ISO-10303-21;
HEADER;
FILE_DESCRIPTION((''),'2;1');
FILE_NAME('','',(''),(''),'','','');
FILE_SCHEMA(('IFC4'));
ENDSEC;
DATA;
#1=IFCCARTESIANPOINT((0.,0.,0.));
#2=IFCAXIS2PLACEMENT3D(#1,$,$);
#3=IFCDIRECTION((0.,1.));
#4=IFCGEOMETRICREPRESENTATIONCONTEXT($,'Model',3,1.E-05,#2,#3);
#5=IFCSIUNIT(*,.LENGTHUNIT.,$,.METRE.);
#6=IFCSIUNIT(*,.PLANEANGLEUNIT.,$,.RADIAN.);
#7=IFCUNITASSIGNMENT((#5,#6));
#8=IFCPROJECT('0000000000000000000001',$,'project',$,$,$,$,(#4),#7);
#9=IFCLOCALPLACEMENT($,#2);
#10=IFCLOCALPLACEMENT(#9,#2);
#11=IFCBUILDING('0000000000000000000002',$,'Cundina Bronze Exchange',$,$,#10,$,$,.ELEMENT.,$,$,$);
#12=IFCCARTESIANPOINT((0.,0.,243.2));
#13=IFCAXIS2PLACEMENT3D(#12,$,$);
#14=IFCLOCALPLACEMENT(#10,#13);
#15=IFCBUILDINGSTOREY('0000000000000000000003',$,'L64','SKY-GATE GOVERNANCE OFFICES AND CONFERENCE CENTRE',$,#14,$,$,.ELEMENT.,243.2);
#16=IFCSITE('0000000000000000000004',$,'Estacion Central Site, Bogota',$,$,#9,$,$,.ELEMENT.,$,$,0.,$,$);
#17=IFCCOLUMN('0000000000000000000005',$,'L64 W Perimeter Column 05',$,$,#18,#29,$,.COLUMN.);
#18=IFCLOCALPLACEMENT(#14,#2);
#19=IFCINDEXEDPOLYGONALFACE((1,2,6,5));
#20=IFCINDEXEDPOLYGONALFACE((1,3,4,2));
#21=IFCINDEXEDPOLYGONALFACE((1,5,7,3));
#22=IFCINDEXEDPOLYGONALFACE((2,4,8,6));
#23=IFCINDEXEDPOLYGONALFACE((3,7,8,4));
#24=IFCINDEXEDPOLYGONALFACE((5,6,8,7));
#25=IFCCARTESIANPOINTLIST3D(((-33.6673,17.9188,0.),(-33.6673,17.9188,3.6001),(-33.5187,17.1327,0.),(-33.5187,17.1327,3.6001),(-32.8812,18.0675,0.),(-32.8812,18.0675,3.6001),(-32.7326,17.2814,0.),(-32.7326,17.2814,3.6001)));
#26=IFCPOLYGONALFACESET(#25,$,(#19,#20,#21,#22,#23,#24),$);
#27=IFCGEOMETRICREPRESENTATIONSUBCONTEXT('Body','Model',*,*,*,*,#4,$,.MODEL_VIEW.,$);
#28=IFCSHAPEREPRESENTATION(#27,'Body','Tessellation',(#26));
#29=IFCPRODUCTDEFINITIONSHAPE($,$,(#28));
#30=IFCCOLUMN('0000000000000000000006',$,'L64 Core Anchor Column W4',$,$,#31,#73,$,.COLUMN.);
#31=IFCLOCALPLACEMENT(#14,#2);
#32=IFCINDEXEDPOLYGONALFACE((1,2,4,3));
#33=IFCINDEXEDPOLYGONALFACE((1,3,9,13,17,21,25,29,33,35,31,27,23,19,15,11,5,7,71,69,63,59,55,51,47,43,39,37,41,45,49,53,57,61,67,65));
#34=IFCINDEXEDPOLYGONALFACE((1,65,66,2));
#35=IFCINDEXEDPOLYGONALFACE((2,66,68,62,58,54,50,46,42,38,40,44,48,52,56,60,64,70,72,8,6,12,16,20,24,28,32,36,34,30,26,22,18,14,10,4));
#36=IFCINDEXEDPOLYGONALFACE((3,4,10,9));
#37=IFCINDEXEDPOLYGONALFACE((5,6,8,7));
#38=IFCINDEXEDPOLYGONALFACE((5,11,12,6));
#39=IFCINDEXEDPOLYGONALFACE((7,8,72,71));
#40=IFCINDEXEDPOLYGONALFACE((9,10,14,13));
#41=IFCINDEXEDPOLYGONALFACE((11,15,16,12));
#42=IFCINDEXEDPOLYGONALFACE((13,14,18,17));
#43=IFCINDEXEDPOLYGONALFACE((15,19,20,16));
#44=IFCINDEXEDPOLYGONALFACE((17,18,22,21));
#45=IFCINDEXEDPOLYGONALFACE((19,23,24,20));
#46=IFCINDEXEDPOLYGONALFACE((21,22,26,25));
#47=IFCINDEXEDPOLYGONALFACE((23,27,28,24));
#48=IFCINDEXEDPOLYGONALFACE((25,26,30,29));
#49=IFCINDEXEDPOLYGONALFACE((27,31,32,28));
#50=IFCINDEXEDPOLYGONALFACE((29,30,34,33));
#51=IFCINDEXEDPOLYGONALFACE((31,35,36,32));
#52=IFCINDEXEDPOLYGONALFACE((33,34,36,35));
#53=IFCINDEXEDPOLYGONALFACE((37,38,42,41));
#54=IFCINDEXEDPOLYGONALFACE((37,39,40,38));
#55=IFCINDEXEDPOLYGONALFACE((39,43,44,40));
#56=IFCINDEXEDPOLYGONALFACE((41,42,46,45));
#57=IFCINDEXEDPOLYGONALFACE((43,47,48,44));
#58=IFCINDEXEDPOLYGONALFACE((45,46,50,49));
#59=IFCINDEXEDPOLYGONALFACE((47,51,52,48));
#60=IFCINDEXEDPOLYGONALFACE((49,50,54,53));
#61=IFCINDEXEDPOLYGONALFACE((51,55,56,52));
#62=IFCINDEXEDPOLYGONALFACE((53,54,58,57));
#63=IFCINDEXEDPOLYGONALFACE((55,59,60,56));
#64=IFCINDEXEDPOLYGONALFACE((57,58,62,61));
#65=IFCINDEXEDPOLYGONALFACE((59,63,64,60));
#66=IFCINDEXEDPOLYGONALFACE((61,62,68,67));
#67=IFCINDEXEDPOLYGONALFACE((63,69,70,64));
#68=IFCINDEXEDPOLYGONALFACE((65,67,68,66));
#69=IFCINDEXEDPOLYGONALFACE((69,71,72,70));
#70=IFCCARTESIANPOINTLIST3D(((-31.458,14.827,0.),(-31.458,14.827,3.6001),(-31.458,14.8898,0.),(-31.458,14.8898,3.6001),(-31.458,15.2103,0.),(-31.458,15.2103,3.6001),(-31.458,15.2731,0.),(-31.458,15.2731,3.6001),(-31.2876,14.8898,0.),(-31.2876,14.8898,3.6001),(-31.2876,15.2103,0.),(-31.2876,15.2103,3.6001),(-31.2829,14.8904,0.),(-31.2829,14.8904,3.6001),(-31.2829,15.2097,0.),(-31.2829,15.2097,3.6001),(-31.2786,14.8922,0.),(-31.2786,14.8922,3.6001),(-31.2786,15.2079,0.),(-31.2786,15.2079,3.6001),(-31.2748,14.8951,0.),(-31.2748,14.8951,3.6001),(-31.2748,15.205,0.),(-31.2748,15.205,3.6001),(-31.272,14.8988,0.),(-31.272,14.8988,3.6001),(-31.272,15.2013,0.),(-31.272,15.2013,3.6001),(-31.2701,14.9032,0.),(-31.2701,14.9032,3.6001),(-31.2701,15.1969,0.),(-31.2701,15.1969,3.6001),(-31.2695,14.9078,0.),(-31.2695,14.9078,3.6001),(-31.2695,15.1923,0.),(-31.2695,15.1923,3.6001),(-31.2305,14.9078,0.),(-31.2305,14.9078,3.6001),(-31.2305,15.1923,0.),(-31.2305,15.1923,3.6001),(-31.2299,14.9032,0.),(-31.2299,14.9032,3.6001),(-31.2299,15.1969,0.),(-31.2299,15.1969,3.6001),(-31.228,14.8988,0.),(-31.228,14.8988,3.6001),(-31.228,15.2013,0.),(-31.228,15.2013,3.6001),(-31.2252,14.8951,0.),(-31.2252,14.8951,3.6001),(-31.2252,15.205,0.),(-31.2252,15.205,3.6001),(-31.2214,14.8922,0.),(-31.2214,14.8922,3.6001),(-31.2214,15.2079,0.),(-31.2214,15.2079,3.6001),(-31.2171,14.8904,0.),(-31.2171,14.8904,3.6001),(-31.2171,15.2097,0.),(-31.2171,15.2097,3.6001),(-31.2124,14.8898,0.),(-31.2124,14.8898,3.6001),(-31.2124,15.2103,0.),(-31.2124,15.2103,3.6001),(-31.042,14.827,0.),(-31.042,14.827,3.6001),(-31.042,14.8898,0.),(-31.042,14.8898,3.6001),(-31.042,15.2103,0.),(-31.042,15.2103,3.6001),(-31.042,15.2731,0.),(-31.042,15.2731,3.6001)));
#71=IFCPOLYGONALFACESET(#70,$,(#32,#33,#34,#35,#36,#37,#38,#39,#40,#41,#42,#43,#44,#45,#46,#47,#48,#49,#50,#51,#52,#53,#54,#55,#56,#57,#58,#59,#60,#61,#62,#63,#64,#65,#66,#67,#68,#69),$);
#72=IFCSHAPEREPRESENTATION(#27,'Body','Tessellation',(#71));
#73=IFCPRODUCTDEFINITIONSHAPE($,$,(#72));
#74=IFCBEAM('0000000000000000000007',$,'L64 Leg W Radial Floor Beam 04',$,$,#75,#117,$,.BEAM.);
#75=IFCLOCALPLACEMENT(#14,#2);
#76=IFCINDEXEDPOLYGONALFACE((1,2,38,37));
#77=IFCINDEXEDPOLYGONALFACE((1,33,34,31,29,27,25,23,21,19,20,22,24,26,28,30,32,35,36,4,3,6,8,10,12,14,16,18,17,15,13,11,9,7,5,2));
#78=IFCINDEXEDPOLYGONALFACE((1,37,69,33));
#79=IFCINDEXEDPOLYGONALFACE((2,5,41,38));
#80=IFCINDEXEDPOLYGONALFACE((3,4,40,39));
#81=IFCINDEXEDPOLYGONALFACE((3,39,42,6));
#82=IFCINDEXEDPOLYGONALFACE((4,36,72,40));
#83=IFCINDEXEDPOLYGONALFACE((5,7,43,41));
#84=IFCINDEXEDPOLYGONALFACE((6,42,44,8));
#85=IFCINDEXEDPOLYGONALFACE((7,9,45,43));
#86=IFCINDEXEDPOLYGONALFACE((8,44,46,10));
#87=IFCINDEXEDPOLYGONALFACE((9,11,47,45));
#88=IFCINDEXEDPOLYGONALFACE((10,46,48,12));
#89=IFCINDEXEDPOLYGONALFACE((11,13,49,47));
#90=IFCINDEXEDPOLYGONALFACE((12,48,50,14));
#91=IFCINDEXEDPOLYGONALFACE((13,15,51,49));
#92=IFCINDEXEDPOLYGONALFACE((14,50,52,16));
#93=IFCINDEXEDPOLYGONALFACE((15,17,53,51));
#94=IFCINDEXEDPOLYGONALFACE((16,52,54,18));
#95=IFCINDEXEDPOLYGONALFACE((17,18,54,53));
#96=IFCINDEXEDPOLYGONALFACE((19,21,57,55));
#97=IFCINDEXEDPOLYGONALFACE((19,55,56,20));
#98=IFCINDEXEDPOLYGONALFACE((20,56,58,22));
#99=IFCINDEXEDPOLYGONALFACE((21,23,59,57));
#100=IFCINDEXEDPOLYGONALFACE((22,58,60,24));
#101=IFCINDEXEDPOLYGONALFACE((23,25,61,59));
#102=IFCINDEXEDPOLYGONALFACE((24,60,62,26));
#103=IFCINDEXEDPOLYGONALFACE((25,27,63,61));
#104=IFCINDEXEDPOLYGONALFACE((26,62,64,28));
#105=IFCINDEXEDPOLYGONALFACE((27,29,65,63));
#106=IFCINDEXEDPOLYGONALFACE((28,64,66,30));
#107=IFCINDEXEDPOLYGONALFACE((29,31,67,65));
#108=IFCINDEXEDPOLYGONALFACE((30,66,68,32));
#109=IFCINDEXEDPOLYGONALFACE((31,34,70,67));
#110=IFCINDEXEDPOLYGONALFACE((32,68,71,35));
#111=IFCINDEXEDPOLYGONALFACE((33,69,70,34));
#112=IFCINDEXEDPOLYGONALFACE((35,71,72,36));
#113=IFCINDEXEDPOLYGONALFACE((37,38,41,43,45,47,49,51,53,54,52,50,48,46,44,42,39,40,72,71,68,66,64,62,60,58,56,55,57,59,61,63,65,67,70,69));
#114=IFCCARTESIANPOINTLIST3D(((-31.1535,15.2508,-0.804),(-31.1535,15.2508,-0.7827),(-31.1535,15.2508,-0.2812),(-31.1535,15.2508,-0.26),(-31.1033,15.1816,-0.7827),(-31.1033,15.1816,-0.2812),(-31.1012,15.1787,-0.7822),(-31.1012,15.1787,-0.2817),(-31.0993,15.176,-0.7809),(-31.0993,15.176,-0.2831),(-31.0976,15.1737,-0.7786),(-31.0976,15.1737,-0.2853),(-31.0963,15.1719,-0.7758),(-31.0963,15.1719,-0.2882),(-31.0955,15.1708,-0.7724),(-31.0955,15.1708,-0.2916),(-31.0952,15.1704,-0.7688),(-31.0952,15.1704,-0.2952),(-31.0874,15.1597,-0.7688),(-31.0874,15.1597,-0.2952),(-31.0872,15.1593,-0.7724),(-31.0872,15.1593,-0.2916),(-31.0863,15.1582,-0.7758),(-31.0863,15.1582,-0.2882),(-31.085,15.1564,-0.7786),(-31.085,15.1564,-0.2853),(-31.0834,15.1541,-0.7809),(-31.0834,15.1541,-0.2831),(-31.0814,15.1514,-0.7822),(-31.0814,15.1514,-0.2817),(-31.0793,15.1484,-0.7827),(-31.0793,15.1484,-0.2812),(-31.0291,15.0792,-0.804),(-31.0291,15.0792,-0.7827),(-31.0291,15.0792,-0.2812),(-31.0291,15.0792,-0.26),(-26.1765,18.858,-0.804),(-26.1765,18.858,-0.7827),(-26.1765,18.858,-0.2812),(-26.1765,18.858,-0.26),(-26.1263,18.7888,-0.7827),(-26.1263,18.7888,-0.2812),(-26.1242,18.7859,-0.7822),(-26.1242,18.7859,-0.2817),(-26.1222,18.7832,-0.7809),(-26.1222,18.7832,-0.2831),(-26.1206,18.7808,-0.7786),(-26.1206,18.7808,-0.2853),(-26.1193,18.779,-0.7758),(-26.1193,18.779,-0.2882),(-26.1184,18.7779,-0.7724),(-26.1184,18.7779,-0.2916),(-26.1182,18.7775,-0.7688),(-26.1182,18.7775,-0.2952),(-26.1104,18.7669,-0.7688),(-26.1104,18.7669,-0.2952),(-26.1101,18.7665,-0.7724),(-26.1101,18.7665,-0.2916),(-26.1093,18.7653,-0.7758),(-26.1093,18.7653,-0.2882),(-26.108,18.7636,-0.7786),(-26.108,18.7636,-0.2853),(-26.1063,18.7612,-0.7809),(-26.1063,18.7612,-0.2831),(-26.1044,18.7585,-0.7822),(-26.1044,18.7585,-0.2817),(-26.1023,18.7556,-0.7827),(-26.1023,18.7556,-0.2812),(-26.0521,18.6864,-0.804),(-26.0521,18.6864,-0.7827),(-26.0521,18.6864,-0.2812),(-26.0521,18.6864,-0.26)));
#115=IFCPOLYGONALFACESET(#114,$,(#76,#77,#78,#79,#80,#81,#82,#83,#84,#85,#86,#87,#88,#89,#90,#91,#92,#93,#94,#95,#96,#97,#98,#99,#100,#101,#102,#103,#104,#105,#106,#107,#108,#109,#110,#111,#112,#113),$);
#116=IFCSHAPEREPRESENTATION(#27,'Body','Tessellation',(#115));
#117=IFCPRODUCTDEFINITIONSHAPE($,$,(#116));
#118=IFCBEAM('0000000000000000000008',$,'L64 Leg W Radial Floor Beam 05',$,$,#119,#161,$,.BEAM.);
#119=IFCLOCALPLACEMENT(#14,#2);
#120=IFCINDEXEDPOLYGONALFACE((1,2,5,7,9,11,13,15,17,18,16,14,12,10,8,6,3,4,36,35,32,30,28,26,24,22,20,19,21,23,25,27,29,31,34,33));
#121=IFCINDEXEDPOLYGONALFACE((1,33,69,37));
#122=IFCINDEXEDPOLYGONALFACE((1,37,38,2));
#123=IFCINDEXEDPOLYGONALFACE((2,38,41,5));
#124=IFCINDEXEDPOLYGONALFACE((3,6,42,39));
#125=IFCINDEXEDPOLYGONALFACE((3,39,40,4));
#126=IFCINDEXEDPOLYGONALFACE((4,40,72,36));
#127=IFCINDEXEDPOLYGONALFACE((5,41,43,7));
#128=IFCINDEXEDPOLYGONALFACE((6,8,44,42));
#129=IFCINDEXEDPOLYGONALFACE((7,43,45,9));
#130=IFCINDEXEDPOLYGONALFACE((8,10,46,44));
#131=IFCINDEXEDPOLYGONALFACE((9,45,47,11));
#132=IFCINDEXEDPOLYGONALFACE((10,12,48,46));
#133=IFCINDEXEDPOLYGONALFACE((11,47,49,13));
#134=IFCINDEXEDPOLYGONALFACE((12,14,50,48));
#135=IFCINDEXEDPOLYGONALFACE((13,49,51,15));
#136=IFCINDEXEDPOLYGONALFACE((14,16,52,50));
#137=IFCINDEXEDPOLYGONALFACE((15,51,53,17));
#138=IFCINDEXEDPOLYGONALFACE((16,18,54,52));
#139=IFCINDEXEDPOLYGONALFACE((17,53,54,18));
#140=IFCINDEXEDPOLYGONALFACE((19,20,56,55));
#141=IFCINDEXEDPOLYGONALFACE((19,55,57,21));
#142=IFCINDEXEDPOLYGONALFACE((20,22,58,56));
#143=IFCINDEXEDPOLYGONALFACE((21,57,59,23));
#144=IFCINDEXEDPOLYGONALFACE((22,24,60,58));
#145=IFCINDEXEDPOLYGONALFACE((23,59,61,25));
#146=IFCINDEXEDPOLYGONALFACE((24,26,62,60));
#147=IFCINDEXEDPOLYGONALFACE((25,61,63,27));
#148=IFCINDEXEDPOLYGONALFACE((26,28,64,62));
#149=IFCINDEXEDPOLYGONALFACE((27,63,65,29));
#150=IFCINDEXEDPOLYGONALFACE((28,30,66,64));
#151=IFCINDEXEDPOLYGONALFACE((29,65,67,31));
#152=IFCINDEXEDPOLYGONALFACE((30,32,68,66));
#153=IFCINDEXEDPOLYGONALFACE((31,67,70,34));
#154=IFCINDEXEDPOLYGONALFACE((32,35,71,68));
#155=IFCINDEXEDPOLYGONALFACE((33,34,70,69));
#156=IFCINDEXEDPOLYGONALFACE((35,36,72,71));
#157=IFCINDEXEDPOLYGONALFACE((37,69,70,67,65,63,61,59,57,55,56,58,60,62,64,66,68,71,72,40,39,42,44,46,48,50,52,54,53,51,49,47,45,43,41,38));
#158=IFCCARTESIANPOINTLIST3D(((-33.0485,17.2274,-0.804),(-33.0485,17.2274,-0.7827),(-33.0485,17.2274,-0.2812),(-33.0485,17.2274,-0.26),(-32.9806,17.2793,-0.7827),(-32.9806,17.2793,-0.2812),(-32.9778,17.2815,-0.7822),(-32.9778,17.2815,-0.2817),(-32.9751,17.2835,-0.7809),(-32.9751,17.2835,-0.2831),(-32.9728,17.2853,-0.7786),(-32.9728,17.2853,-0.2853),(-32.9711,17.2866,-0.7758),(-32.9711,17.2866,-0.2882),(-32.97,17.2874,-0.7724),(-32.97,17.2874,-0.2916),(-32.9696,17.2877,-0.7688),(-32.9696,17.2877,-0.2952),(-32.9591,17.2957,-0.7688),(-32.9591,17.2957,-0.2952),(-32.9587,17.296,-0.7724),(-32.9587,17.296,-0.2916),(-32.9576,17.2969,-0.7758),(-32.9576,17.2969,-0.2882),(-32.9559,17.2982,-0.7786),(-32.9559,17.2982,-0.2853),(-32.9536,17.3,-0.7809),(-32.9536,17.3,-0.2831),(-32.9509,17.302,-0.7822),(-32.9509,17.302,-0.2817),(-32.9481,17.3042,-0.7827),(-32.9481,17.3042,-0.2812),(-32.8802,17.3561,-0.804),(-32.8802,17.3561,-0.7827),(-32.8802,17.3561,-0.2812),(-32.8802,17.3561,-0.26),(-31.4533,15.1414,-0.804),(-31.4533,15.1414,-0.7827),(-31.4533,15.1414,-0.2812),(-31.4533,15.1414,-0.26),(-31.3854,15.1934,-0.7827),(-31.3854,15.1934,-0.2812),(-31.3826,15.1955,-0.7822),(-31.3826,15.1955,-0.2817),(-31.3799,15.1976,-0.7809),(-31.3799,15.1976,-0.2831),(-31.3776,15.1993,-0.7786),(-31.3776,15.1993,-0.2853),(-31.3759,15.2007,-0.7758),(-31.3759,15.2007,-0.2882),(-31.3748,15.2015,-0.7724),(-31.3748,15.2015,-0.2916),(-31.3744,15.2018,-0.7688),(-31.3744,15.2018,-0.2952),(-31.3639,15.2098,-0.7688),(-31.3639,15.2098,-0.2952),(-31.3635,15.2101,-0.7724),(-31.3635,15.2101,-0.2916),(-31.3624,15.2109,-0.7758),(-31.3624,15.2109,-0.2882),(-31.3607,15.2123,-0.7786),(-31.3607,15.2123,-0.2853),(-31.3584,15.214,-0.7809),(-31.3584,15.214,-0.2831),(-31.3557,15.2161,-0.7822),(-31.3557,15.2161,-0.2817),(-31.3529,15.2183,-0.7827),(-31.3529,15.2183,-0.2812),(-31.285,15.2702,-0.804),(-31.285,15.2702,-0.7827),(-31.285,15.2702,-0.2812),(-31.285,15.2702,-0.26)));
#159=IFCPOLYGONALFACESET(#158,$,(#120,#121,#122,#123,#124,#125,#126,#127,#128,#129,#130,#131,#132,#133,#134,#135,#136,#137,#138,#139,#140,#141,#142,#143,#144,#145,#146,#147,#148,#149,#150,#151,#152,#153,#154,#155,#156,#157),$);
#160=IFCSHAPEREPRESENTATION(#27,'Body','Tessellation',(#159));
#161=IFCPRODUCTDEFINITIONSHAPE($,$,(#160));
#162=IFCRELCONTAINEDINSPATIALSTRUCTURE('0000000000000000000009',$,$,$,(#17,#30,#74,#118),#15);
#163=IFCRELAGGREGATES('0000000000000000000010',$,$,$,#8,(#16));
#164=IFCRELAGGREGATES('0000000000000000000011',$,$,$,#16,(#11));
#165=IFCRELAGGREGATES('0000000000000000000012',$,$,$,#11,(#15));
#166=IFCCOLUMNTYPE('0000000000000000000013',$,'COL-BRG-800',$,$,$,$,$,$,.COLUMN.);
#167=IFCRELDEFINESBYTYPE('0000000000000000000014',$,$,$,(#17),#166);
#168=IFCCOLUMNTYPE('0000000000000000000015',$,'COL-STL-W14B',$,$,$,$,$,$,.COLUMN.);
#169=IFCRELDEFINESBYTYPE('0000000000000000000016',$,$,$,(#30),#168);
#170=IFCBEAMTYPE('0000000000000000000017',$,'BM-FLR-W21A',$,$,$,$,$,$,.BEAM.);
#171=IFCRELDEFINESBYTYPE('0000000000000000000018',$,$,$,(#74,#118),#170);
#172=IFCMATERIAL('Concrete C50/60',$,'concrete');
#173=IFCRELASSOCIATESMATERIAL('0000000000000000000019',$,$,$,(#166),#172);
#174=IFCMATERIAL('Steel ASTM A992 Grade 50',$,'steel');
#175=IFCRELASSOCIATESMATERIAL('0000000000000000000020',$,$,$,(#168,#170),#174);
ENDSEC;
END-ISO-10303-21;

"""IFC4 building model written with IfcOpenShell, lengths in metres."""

from ifc_helpers import new_model, si_unit, direction, frame, origin, origin_2d, place, context, subcontext, project, spatial, rectangle, i_section, extrude, material, material_profile, profile_set, type_object, element, save


model = new_model("IFC4")

# Units and contexts
model_context = context("Model", 3, precision=1e-05, world=origin(), true_north=direction((0.0, 1.0)))
body_context = subcontext(model_context, "Body", "Model", "MODEL_VIEW")
ifc_project = project(units=[si_unit("LENGTHUNIT", "METRE"), si_unit("PLANEANGLEUNIT", "RADIAN")], contexts=[model_context])

# Site, building, storey
site_placement = place(None, origin())
site = spatial("IfcSite", under=ifc_project, at=site_placement, Name="Estacion Central Site, Bogota", CompositionType="ELEMENT", RefElevation=0.0)
building_placement = place(site_placement, origin())
building = spatial("IfcBuilding", under=site, at=building_placement, Name="Cundina Bronze Exchange", CompositionType="ELEMENT")
storey_placement = place(building_placement, frame((0.0, 0.0, 243.2)))
storey = spatial("IfcBuildingStorey", under=building, at=storey_placement, Name="L64", Description="SKY-GATE GOVERNANCE OFFICES AND CONFERENCE CENTRE", CompositionType="ELEMENT", Elevation=243.2)

# Columns
ifc_material_1 = material(Name="Concrete C50/60", Category="concrete")
ifc_material_profile_1 = material_profile(ifc_material_1, rectangle(XDim=0.8, YDim=0.8, at=origin_2d()), Name="RC800X800", Category="concrete")
ifc_profile_set_1 = profile_set([ifc_material_profile_1], Name="Concrete C50/60")
column_type_1 = type_object("IfcColumnType", Name="COL-BRG-800", PredefinedType="COLUMN", material=ifc_profile_set_1)
column_1_placement = place(storey_placement, frame((-33.2, 17.6001, 0.0), z_axis=(0.0, 0.0, 1.0), x_axis=(-0.98258, -0.185838, 0.0)))
element("IfcColumn", 1, at=column_1_placement, inside=storey, type_object=column_type_1, Name="L64 W Perimeter Column 05", PredefinedType="COLUMN", context=body_context, shape_type="SweptSolid", body=[
    extrude(rectangle(XDim=0.8, YDim=0.8, at=origin_2d()), origin(), (0.0, 0.0, 1.0), 3.6001),
])
ifc_material_2 = material(Name="Steel ASTM A992 Grade 50", Category="steel")
ifc_material_profile_2 = material_profile(ifc_material_2, i_section(OverallWidth=0.416, OverallDepth=0.446, WebThickness=0.0391, FlangeThickness=0.0627, FilletRadius=0.0181, at=origin_2d()), Name="W14X342", Category="steel")
ifc_profile_set_2 = profile_set([ifc_material_profile_2], Name="Steel ASTM A992 Grade 50")
column_type_2 = type_object("IfcColumnType", Name="COL-STL-W14B", PredefinedType="COLUMN", material=ifc_profile_set_2)
column_2_placement = place(storey_placement, frame((-31.25, 15.05, 0.0), z_axis=(0.0, 0.0, 1.0), x_axis=(1.0, 0.0, 0.0)))
element("IfcColumn", 2, at=column_2_placement, inside=storey, type_object=column_type_2, Name="L64 Core Anchor Column W4", PredefinedType="COLUMN", context=body_context, shape_type="SweptSolid", body=[
    extrude(i_section(OverallWidth=0.416, OverallDepth=0.446, WebThickness=0.0391, FlangeThickness=0.0627, FilletRadius=0.0181, at=origin_2d()), origin(), (0.0, 0.0, 1.0), 3.6001),
])

# Beams
ifc_material_profile_3 = material_profile(ifc_material_2, i_section(OverallWidth=0.2119, OverallDepth=0.5439, WebThickness=0.0132, FlangeThickness=0.0212, FilletRadius=0.0139, at=origin_2d()), Name="W21X83", Category="steel")
ifc_profile_set_3 = profile_set([ifc_material_profile_3], Name="Steel ASTM A992 Grade 50")
beam_type_1 = type_object("IfcBeamType", Name="BM-FLR-W21A", PredefinedType="BEAM", material=ifc_profile_set_3)
beam_1_placement = place(storey_placement, frame((-31.0913, 15.165, -0.532), z_axis=(0.809702, 0.586841, 0.0), x_axis=(-0.586841, 0.809702, 0.0)))
element("IfcBeam", 3, at=beam_1_placement, inside=storey, type_object=beam_type_1, Name="L64 Leg W Radial Floor Beam 04", PredefinedType="BEAM", context=body_context, shape_type="SweptSolid", body=[
    extrude(i_section(OverallWidth=0.2119, OverallDepth=0.5439, WebThickness=0.0132, FlangeThickness=0.0212, FilletRadius=0.0139, at=origin_2d()), origin(), (0.0, 0.0, 1.0), 6.1467),
])
beam_2_placement = place(storey_placement, frame((-31.3691, 15.2058, -0.532), z_axis=(-0.607471, 0.794342, 0.0), x_axis=(-0.794342, -0.607471, 0.0)))
element("IfcBeam", 4, at=beam_2_placement, inside=storey, type_object=beam_type_1, Name="L64 Leg W Radial Floor Beam 05", PredefinedType="BEAM", context=body_context, shape_type="SweptSolid", body=[
    extrude(i_section(OverallWidth=0.2119, OverallDepth=0.5439, WebThickness=0.0132, FlangeThickness=0.0212, FilletRadius=0.0139, at=origin_2d()), origin(), (0.0, 0.0, 1.0), 2.626),
])

save(model, "model.ifc")
